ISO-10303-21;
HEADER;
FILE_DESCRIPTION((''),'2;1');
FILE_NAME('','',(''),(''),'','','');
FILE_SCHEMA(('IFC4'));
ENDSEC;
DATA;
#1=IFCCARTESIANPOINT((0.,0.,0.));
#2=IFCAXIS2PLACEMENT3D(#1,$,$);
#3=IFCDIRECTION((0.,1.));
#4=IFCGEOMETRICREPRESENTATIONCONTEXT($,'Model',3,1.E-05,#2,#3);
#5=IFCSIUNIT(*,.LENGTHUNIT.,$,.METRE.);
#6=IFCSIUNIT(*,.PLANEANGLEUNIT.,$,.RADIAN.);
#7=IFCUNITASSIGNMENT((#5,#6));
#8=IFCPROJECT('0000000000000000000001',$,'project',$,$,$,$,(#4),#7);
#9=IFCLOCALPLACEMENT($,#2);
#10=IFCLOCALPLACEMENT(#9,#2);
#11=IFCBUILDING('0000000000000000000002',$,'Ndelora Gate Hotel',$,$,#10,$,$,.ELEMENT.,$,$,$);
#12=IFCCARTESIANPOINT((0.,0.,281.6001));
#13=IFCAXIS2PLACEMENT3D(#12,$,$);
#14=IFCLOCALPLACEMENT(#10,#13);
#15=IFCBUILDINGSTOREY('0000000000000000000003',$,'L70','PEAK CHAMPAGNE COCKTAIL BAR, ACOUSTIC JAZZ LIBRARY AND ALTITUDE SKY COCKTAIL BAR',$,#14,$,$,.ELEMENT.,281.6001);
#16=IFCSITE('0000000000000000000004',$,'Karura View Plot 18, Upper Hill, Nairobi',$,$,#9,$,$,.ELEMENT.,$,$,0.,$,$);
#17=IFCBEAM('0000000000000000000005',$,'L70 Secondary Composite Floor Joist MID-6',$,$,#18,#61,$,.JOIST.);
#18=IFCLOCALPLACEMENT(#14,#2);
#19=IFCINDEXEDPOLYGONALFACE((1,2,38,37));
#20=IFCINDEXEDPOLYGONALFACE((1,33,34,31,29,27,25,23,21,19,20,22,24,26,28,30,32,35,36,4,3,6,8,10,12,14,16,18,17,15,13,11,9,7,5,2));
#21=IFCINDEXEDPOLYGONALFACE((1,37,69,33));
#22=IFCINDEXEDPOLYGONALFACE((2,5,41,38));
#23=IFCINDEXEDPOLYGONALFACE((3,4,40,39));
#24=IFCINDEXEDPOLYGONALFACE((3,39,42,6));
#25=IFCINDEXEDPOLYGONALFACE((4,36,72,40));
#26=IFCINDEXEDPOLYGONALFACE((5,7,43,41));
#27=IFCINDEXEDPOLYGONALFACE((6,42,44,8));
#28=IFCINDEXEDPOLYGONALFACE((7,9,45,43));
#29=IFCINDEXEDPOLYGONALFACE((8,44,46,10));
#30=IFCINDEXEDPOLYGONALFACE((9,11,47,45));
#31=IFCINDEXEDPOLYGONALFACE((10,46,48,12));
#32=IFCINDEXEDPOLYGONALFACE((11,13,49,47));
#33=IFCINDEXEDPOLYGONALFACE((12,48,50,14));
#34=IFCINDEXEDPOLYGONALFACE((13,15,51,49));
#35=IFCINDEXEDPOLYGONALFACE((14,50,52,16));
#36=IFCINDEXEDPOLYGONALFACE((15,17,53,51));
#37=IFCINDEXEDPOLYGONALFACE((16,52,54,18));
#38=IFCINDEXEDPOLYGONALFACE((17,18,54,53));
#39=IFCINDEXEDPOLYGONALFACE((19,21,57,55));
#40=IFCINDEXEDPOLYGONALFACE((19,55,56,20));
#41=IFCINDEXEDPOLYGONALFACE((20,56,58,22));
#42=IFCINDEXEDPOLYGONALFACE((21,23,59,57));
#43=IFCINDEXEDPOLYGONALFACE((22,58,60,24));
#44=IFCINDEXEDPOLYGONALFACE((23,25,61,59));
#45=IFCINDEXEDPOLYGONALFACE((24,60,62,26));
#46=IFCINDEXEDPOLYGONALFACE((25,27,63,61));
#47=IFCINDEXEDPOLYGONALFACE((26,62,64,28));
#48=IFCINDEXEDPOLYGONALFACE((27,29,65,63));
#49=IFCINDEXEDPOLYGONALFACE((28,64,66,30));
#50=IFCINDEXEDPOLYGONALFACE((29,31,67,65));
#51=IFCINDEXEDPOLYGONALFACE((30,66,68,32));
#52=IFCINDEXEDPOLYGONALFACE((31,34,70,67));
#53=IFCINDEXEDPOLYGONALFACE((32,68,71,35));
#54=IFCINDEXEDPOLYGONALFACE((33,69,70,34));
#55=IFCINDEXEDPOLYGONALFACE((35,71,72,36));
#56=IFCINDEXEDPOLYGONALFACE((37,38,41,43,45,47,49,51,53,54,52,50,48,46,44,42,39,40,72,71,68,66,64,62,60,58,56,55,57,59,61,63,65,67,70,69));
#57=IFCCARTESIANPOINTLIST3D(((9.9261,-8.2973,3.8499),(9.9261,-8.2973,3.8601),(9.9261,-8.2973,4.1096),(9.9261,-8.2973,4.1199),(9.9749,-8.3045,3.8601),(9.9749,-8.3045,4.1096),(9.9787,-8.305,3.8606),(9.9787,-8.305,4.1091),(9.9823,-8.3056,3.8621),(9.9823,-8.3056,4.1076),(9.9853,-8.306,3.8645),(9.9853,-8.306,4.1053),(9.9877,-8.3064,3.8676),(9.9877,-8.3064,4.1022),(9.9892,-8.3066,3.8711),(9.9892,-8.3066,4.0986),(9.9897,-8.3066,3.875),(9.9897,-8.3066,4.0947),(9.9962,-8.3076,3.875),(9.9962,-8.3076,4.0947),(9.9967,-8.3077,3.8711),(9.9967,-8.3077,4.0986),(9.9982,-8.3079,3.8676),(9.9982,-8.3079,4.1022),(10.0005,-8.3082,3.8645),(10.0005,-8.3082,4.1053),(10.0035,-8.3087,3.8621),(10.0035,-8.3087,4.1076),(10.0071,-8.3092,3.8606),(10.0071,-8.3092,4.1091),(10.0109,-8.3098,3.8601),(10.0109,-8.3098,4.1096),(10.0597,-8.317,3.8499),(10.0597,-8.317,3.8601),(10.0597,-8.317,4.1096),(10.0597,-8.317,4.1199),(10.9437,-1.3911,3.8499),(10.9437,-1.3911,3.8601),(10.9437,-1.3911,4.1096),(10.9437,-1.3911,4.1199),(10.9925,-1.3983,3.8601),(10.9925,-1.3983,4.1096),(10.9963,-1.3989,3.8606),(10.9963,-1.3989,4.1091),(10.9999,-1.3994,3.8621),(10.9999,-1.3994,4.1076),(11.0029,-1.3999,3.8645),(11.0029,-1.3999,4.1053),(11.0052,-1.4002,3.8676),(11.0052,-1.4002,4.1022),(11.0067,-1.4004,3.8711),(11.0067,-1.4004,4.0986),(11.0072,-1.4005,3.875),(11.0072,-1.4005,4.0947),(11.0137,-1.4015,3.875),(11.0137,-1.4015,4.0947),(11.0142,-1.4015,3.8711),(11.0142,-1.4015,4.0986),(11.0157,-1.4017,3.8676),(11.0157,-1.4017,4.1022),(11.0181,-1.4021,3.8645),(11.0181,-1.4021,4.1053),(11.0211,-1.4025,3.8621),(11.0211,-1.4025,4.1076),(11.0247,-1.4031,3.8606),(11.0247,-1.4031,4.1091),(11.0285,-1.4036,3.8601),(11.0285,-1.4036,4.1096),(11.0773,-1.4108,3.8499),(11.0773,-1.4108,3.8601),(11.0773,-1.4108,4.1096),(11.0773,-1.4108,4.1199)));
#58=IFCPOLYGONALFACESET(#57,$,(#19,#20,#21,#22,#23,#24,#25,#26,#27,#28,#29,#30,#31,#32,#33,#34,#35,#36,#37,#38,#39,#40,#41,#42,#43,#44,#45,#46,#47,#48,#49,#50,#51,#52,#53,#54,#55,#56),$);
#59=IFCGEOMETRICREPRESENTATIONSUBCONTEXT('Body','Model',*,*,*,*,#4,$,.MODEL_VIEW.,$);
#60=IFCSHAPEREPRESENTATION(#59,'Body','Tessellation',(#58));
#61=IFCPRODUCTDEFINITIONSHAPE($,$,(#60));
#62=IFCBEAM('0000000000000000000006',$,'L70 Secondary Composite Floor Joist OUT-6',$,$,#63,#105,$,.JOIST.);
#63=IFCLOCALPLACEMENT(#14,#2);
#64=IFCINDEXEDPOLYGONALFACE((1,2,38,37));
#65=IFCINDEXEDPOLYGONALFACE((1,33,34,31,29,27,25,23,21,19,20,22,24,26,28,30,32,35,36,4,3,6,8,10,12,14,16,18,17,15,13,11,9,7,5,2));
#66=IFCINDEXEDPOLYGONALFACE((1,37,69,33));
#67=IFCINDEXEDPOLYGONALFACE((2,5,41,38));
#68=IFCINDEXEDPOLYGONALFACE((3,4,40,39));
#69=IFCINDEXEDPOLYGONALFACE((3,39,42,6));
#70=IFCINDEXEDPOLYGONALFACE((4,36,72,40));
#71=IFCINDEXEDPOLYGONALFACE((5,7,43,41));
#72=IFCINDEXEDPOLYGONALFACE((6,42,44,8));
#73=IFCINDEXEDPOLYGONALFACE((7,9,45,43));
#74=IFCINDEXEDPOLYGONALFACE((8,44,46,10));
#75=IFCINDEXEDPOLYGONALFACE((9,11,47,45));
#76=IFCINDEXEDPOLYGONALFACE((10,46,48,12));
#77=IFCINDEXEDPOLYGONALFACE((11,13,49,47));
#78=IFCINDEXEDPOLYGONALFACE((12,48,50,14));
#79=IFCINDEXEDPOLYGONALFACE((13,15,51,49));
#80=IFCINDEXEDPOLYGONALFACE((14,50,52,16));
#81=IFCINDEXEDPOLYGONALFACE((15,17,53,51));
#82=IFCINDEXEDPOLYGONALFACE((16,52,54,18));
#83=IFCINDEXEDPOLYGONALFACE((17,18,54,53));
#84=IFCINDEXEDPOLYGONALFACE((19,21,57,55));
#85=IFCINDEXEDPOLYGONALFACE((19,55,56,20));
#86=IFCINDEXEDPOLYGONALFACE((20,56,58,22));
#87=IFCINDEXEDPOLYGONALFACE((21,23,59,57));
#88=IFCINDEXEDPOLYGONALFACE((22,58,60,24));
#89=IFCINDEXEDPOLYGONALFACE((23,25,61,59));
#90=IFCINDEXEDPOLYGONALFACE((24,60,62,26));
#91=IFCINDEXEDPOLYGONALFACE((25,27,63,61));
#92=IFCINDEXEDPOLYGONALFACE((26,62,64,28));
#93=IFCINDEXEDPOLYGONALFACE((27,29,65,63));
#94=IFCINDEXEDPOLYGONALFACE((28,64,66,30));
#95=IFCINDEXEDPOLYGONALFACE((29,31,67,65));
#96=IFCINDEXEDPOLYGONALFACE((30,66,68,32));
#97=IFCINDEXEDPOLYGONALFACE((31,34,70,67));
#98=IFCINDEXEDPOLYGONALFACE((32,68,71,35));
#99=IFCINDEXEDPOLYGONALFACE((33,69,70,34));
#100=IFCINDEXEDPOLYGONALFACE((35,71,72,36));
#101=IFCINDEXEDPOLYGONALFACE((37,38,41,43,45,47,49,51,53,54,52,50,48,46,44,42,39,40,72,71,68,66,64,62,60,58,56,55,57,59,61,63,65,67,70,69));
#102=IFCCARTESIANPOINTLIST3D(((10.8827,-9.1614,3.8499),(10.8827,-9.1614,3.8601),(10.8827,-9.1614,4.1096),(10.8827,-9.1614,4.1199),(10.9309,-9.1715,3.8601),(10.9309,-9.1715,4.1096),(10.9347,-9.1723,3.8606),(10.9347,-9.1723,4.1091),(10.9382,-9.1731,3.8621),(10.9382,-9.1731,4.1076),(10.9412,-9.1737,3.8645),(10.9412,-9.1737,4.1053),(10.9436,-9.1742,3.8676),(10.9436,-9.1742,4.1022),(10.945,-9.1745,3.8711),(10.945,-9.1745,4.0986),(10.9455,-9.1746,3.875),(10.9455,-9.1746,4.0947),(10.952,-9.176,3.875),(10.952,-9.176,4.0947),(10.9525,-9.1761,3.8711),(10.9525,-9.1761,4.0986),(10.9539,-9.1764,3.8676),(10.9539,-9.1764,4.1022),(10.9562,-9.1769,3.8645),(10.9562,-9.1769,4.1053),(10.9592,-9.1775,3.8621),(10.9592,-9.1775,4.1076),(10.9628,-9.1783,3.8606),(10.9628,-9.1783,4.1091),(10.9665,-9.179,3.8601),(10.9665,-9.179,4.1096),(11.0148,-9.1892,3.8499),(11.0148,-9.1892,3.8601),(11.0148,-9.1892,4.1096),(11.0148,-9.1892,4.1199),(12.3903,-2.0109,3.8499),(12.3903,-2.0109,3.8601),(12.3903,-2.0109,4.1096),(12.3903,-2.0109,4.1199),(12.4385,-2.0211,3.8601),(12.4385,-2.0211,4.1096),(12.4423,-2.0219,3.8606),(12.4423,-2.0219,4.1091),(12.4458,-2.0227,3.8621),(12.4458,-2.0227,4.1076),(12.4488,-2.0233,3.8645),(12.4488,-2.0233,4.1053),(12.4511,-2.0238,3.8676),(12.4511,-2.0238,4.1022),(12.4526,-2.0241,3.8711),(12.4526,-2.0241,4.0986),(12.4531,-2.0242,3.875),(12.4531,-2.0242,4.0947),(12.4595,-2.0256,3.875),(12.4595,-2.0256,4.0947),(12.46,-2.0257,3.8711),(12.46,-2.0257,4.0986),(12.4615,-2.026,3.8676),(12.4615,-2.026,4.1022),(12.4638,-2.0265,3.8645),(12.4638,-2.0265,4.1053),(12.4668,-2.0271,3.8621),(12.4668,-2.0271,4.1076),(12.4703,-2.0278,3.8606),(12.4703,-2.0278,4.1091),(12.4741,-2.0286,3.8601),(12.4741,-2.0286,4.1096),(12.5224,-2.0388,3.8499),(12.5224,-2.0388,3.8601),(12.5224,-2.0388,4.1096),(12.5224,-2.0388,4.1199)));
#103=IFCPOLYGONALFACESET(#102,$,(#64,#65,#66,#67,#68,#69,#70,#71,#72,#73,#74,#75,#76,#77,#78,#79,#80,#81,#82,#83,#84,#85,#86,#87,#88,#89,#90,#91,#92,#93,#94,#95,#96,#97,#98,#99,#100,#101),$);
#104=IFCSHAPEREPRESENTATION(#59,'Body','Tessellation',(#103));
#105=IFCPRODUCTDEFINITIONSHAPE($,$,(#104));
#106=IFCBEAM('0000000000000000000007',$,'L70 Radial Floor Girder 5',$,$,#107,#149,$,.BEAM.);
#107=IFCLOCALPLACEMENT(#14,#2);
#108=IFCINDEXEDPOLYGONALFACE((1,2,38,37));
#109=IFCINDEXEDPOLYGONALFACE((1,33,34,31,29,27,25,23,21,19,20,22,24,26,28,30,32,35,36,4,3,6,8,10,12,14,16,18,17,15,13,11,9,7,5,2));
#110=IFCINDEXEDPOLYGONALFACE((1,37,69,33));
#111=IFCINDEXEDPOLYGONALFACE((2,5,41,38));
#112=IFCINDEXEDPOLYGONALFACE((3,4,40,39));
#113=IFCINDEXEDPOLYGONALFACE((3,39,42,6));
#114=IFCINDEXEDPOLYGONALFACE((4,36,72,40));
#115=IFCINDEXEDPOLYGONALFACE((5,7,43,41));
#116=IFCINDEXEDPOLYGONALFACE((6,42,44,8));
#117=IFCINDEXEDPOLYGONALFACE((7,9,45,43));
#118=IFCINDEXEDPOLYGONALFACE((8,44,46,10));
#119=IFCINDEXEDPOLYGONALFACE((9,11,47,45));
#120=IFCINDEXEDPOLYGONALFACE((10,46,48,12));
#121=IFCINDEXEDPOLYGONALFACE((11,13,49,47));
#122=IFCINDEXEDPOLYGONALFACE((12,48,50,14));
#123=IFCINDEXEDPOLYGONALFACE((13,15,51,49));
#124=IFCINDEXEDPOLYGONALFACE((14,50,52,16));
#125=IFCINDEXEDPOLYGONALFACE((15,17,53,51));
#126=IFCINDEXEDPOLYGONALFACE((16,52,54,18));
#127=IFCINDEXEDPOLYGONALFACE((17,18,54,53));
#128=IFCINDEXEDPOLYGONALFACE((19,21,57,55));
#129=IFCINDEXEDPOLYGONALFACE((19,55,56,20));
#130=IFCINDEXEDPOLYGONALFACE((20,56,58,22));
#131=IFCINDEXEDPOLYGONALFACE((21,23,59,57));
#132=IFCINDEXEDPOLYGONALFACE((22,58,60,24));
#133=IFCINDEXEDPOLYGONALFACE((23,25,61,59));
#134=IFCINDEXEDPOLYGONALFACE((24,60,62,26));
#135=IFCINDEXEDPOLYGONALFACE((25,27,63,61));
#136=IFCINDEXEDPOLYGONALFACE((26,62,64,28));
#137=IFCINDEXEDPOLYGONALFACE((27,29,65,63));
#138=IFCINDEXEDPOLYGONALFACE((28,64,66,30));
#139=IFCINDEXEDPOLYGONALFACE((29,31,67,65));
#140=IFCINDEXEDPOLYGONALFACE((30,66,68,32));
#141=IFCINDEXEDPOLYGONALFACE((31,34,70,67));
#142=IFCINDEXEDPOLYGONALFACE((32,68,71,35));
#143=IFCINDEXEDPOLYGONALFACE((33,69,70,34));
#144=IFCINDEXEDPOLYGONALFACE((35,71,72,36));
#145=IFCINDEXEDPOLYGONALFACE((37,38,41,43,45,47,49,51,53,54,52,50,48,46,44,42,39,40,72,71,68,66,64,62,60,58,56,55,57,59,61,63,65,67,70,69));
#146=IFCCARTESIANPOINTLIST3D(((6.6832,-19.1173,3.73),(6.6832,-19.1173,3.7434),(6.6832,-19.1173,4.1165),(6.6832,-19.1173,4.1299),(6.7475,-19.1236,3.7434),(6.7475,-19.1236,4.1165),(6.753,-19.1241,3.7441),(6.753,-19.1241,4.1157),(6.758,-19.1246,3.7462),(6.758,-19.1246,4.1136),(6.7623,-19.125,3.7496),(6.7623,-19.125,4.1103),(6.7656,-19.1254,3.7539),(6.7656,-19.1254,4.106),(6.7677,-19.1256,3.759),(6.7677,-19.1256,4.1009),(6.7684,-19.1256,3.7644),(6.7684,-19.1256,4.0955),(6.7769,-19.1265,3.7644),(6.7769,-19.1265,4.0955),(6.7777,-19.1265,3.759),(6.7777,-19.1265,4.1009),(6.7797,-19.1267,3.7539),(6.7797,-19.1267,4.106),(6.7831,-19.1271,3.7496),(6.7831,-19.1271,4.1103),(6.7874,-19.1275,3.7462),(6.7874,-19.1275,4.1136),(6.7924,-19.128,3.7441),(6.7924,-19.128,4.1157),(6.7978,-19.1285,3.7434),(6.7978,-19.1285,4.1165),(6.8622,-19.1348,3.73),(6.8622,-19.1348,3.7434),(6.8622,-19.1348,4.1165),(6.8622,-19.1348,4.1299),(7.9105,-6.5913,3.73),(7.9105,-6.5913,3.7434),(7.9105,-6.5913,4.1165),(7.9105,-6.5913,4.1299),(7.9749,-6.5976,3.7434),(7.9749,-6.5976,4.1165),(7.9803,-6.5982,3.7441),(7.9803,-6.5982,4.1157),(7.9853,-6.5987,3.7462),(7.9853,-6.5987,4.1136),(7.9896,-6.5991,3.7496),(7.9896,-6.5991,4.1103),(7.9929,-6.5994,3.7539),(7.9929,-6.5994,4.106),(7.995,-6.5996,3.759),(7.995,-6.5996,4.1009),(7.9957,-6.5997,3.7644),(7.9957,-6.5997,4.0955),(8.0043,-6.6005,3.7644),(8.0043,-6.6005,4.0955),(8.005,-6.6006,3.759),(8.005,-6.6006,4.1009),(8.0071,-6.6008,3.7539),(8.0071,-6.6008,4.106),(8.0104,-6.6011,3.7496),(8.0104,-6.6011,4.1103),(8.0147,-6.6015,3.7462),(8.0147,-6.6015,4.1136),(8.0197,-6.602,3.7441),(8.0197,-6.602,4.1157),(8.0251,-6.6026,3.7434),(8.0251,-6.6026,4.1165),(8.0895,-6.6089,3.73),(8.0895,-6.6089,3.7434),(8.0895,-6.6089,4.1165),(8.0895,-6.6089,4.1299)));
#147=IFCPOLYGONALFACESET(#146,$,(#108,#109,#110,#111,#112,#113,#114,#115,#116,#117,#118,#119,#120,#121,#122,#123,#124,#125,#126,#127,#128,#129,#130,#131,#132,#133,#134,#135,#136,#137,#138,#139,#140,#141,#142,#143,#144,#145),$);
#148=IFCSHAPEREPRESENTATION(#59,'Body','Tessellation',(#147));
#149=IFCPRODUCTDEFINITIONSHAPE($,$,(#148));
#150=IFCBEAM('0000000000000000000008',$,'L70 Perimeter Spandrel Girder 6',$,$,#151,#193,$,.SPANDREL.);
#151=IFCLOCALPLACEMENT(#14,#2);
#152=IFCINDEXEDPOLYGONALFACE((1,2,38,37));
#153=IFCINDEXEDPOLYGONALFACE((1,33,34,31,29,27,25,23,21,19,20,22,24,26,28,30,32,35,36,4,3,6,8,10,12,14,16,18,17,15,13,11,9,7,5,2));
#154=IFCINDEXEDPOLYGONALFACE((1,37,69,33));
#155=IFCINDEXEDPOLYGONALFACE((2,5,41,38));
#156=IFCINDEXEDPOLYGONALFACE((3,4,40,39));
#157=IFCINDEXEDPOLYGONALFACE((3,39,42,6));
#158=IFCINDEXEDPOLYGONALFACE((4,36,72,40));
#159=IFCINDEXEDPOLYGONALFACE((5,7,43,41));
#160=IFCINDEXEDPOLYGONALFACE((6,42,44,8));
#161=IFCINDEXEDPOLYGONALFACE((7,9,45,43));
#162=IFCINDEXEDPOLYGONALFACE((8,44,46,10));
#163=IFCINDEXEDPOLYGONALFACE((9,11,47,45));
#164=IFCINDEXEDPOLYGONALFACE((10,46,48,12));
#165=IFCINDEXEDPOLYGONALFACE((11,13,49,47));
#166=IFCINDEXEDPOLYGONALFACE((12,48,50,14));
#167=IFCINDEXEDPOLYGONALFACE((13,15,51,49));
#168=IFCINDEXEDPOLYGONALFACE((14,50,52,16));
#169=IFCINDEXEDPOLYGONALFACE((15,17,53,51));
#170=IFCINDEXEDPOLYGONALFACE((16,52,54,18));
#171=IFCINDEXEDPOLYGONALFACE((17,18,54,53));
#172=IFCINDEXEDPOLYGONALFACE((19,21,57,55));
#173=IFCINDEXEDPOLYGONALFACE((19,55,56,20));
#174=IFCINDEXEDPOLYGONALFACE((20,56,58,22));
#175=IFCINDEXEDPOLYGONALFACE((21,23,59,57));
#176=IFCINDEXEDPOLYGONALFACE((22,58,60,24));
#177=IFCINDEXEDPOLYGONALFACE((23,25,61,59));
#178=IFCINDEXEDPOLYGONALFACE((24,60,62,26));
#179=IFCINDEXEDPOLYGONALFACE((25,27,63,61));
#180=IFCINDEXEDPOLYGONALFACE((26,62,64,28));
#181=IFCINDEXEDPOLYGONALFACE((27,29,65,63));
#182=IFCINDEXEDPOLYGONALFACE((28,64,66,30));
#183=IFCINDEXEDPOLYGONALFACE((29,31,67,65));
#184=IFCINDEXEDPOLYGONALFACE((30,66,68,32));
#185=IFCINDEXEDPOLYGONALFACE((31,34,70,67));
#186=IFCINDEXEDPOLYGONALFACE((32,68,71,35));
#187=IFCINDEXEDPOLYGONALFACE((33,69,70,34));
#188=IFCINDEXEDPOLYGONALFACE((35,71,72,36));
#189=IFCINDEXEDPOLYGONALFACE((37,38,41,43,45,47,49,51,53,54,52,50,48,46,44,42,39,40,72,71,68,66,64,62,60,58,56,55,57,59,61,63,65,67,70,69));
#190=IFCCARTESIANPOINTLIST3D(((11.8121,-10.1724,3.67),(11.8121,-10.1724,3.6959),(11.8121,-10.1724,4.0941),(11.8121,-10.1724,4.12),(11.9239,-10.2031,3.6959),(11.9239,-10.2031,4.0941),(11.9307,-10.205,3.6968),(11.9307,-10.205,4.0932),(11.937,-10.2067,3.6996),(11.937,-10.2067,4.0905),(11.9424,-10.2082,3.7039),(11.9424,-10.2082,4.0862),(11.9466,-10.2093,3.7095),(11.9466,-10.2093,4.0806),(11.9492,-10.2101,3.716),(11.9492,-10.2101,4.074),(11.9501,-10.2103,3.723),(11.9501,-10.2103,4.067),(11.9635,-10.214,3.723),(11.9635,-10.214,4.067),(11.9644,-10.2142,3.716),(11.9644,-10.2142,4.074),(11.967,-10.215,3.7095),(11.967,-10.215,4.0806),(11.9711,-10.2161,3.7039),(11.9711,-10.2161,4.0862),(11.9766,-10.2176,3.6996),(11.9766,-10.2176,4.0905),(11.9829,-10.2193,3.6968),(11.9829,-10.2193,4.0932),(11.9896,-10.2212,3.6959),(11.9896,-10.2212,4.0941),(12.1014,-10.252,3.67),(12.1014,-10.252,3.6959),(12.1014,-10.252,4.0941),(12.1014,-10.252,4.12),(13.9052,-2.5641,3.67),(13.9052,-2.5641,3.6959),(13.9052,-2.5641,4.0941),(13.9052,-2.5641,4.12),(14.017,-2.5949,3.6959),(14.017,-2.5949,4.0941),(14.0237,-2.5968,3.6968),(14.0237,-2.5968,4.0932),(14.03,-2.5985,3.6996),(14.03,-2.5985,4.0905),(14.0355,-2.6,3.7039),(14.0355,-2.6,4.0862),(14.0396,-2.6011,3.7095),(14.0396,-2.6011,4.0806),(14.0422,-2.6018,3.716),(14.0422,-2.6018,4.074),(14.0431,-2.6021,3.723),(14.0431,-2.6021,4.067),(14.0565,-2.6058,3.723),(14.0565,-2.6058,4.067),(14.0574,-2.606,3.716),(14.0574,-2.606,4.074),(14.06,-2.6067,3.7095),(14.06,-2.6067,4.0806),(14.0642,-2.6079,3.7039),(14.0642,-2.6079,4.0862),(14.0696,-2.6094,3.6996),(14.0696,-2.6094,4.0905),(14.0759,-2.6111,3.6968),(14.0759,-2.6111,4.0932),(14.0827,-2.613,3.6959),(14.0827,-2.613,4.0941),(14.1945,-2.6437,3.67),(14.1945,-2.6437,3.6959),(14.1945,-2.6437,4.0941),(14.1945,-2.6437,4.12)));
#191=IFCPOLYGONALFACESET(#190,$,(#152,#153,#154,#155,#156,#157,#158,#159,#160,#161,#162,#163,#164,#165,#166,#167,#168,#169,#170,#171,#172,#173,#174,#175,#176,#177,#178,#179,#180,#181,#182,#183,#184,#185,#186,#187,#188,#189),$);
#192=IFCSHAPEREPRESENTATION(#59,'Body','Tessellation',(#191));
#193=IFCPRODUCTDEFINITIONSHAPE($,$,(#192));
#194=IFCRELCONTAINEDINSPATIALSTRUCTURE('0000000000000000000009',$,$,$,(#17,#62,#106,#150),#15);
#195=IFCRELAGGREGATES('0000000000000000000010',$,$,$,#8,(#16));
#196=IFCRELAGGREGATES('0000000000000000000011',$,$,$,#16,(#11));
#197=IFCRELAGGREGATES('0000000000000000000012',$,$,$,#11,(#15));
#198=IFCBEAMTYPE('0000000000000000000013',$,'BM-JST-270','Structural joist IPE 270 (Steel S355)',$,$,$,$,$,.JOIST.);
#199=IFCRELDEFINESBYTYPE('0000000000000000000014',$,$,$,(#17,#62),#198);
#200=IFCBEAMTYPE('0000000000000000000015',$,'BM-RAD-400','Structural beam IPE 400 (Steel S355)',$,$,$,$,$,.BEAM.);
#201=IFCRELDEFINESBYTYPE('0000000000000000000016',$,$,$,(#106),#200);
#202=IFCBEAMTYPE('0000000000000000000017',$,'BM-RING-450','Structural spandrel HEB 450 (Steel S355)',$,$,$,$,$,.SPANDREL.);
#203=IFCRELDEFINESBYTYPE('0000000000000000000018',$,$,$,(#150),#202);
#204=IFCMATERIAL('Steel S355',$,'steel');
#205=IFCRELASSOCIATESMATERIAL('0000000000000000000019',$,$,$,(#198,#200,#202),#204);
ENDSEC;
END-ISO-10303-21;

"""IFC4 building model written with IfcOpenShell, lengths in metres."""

from ifc_helpers import new_model, si_unit, direction, frame, origin, origin_2d, place, context, subcontext, project, spatial, i_section, extrude, material, material_profile, profile_set, type_object, element, save


model = new_model("IFC4")

# Units and contexts
model_context = context("Model", 3, precision=1e-05, world=origin(), true_north=direction((0.0, 1.0)))
body_context = subcontext(model_context, "Body", "Model", "MODEL_VIEW")
ifc_project = project(units=[si_unit("LENGTHUNIT", "METRE"), si_unit("PLANEANGLEUNIT", "RADIAN")], contexts=[model_context])

# Site, building, storey
site_placement = place(None, origin())
site = spatial("IfcSite", under=ifc_project, at=site_placement, Name="Karura View Plot 18, Upper Hill, Nairobi", CompositionType="ELEMENT", RefElevation=0.0)
building_placement = place(site_placement, origin())
building = spatial("IfcBuilding", under=site, at=building_placement, Name="Ndelora Gate Hotel", CompositionType="ELEMENT")
storey_placement = place(building_placement, frame((0.0, 0.0, 281.6001)))
storey = spatial("IfcBuildingStorey", under=building, at=storey_placement, Name="L70", Description="PEAK CHAMPAGNE COCKTAIL BAR, ACOUSTIC JAZZ LIBRARY AND ALTITUDE SKY COCKTAIL BAR", CompositionType="ELEMENT", Elevation=281.6001)

# Beams
ifc_material_1 = material(Name="Steel S355", Category="steel")
ifc_material_profile_1 = material_profile(ifc_material_1, i_section(OverallWidth=0.135, OverallDepth=0.27, WebThickness=0.0066, FlangeThickness=0.0103, FilletRadius=0.0149, at=origin_2d()), Name="IPE 270")
ifc_profile_set_1 = profile_set([ifc_material_profile_1], Name="Steel S355")
beam_type_1 = type_object("IfcBeamType", Name="BM-JST-270", Description="Structural joist IPE 270 (Steel S355)", PredefinedType="JOIST", material=ifc_profile_set_1)
beam_1_placement = place(storey_placement, frame((9.9929, -8.3071, 3.9849), z_axis=(0.145768, 0.989319, 0.0), x_axis=(-0.989319, 0.145768, 0.0)))
element("IfcBeam", 1, at=beam_1_placement, inside=storey, type_object=beam_type_1, Name="L70 Secondary Composite Floor Joist MID-6", PredefinedType="JOIST", context=body_context, shape_type="SweptSolid", body=[
    extrude(i_section(OverallWidth=0.135, OverallDepth=0.27, WebThickness=0.0066, FlangeThickness=0.0103, FilletRadius=0.0149, at=origin_2d()), origin(), (0.0, 0.0, 1.0), 6.9807),
])
beam_2_placement = place(storey_placement, frame((10.9487, -9.1753, 3.9849), z_axis=(0.206302, 0.978488, 0.0), x_axis=(-0.978488, 0.206302, 0.0)))
element("IfcBeam", 2, at=beam_2_placement, inside=storey, type_object=beam_type_1, Name="L70 Secondary Composite Floor Joist OUT-6", PredefinedType="JOIST", context=body_context, shape_type="SweptSolid", body=[
    extrude(i_section(OverallWidth=0.135, OverallDepth=0.27, WebThickness=0.0066, FlangeThickness=0.0103, FilletRadius=0.0149, at=origin_2d()), origin(), (0.0, 0.0, 1.0), 7.3076),
])
ifc_material_profile_2 = material_profile(ifc_material_1, i_section(OverallWidth=0.1799, OverallDepth=0.3999, WebThickness=0.0085, FlangeThickness=0.0134, FilletRadius=0.021, at=origin_2d()), Name="IPE 400")
ifc_profile_set_2 = profile_set([ifc_material_profile_2], Name="Steel S355")
beam_type_2 = type_object("IfcBeamType", Name="BM-RAD-400", Description="Structural beam IPE 400 (Steel S355)", PredefinedType="BEAM", material=ifc_profile_set_2)
beam_3_placement = place(storey_placement, frame((8.0, -6.6001, 3.9299), z_axis=(-0.097514, -0.995234, 0.0), x_axis=(0.995234, -0.097514, 0.0)))
element("IfcBeam", 3, at=beam_3_placement, inside=storey, type_object=beam_type_2, Name="L70 Radial Floor Girder 5", PredefinedType="BEAM", context=body_context, shape_type="SweptSolid", body=[
    extrude(i_section(OverallWidth=0.1799, OverallDepth=0.3999, WebThickness=0.0085, FlangeThickness=0.0134, FilletRadius=0.021, at=origin_2d()), origin(), (0.0, 0.0, 1.0), 12.5859),
])
ifc_material_profile_3 = material_profile(ifc_material_1, i_section(OverallWidth=0.3, OverallDepth=0.45, WebThickness=0.0139, FlangeThickness=0.0259, FilletRadius=0.0271, at=origin_2d()), Name="HEB 450")
ifc_profile_set_3 = profile_set([ifc_material_profile_3], Name="Steel S355")
beam_type_3 = type_object("IfcBeamType", Name="BM-RING-450", Description="Structural spandrel HEB 450 (Steel S355)", PredefinedType="SPANDREL", material=ifc_profile_set_3)
beam_4_placement = place(storey_placement, frame((11.9568, -10.2122, 3.895), z_axis=(0.265248, 0.96418, 0.0), x_axis=(-0.96418, 0.265248, 0.0)))
element("IfcBeam", 4, at=beam_4_placement, inside=storey, type_object=beam_type_3, Name="L70 Perimeter Spandrel Girder 6", PredefinedType="SPANDREL", context=body_context, shape_type="SweptSolid", body=[
    extrude(i_section(OverallWidth=0.3, OverallDepth=0.45, WebThickness=0.0139, FlangeThickness=0.0259, FilletRadius=0.0271, at=origin_2d()), origin(), (0.0, 0.0, 1.0), 7.8909),
])

save(model, "model.ifc")
